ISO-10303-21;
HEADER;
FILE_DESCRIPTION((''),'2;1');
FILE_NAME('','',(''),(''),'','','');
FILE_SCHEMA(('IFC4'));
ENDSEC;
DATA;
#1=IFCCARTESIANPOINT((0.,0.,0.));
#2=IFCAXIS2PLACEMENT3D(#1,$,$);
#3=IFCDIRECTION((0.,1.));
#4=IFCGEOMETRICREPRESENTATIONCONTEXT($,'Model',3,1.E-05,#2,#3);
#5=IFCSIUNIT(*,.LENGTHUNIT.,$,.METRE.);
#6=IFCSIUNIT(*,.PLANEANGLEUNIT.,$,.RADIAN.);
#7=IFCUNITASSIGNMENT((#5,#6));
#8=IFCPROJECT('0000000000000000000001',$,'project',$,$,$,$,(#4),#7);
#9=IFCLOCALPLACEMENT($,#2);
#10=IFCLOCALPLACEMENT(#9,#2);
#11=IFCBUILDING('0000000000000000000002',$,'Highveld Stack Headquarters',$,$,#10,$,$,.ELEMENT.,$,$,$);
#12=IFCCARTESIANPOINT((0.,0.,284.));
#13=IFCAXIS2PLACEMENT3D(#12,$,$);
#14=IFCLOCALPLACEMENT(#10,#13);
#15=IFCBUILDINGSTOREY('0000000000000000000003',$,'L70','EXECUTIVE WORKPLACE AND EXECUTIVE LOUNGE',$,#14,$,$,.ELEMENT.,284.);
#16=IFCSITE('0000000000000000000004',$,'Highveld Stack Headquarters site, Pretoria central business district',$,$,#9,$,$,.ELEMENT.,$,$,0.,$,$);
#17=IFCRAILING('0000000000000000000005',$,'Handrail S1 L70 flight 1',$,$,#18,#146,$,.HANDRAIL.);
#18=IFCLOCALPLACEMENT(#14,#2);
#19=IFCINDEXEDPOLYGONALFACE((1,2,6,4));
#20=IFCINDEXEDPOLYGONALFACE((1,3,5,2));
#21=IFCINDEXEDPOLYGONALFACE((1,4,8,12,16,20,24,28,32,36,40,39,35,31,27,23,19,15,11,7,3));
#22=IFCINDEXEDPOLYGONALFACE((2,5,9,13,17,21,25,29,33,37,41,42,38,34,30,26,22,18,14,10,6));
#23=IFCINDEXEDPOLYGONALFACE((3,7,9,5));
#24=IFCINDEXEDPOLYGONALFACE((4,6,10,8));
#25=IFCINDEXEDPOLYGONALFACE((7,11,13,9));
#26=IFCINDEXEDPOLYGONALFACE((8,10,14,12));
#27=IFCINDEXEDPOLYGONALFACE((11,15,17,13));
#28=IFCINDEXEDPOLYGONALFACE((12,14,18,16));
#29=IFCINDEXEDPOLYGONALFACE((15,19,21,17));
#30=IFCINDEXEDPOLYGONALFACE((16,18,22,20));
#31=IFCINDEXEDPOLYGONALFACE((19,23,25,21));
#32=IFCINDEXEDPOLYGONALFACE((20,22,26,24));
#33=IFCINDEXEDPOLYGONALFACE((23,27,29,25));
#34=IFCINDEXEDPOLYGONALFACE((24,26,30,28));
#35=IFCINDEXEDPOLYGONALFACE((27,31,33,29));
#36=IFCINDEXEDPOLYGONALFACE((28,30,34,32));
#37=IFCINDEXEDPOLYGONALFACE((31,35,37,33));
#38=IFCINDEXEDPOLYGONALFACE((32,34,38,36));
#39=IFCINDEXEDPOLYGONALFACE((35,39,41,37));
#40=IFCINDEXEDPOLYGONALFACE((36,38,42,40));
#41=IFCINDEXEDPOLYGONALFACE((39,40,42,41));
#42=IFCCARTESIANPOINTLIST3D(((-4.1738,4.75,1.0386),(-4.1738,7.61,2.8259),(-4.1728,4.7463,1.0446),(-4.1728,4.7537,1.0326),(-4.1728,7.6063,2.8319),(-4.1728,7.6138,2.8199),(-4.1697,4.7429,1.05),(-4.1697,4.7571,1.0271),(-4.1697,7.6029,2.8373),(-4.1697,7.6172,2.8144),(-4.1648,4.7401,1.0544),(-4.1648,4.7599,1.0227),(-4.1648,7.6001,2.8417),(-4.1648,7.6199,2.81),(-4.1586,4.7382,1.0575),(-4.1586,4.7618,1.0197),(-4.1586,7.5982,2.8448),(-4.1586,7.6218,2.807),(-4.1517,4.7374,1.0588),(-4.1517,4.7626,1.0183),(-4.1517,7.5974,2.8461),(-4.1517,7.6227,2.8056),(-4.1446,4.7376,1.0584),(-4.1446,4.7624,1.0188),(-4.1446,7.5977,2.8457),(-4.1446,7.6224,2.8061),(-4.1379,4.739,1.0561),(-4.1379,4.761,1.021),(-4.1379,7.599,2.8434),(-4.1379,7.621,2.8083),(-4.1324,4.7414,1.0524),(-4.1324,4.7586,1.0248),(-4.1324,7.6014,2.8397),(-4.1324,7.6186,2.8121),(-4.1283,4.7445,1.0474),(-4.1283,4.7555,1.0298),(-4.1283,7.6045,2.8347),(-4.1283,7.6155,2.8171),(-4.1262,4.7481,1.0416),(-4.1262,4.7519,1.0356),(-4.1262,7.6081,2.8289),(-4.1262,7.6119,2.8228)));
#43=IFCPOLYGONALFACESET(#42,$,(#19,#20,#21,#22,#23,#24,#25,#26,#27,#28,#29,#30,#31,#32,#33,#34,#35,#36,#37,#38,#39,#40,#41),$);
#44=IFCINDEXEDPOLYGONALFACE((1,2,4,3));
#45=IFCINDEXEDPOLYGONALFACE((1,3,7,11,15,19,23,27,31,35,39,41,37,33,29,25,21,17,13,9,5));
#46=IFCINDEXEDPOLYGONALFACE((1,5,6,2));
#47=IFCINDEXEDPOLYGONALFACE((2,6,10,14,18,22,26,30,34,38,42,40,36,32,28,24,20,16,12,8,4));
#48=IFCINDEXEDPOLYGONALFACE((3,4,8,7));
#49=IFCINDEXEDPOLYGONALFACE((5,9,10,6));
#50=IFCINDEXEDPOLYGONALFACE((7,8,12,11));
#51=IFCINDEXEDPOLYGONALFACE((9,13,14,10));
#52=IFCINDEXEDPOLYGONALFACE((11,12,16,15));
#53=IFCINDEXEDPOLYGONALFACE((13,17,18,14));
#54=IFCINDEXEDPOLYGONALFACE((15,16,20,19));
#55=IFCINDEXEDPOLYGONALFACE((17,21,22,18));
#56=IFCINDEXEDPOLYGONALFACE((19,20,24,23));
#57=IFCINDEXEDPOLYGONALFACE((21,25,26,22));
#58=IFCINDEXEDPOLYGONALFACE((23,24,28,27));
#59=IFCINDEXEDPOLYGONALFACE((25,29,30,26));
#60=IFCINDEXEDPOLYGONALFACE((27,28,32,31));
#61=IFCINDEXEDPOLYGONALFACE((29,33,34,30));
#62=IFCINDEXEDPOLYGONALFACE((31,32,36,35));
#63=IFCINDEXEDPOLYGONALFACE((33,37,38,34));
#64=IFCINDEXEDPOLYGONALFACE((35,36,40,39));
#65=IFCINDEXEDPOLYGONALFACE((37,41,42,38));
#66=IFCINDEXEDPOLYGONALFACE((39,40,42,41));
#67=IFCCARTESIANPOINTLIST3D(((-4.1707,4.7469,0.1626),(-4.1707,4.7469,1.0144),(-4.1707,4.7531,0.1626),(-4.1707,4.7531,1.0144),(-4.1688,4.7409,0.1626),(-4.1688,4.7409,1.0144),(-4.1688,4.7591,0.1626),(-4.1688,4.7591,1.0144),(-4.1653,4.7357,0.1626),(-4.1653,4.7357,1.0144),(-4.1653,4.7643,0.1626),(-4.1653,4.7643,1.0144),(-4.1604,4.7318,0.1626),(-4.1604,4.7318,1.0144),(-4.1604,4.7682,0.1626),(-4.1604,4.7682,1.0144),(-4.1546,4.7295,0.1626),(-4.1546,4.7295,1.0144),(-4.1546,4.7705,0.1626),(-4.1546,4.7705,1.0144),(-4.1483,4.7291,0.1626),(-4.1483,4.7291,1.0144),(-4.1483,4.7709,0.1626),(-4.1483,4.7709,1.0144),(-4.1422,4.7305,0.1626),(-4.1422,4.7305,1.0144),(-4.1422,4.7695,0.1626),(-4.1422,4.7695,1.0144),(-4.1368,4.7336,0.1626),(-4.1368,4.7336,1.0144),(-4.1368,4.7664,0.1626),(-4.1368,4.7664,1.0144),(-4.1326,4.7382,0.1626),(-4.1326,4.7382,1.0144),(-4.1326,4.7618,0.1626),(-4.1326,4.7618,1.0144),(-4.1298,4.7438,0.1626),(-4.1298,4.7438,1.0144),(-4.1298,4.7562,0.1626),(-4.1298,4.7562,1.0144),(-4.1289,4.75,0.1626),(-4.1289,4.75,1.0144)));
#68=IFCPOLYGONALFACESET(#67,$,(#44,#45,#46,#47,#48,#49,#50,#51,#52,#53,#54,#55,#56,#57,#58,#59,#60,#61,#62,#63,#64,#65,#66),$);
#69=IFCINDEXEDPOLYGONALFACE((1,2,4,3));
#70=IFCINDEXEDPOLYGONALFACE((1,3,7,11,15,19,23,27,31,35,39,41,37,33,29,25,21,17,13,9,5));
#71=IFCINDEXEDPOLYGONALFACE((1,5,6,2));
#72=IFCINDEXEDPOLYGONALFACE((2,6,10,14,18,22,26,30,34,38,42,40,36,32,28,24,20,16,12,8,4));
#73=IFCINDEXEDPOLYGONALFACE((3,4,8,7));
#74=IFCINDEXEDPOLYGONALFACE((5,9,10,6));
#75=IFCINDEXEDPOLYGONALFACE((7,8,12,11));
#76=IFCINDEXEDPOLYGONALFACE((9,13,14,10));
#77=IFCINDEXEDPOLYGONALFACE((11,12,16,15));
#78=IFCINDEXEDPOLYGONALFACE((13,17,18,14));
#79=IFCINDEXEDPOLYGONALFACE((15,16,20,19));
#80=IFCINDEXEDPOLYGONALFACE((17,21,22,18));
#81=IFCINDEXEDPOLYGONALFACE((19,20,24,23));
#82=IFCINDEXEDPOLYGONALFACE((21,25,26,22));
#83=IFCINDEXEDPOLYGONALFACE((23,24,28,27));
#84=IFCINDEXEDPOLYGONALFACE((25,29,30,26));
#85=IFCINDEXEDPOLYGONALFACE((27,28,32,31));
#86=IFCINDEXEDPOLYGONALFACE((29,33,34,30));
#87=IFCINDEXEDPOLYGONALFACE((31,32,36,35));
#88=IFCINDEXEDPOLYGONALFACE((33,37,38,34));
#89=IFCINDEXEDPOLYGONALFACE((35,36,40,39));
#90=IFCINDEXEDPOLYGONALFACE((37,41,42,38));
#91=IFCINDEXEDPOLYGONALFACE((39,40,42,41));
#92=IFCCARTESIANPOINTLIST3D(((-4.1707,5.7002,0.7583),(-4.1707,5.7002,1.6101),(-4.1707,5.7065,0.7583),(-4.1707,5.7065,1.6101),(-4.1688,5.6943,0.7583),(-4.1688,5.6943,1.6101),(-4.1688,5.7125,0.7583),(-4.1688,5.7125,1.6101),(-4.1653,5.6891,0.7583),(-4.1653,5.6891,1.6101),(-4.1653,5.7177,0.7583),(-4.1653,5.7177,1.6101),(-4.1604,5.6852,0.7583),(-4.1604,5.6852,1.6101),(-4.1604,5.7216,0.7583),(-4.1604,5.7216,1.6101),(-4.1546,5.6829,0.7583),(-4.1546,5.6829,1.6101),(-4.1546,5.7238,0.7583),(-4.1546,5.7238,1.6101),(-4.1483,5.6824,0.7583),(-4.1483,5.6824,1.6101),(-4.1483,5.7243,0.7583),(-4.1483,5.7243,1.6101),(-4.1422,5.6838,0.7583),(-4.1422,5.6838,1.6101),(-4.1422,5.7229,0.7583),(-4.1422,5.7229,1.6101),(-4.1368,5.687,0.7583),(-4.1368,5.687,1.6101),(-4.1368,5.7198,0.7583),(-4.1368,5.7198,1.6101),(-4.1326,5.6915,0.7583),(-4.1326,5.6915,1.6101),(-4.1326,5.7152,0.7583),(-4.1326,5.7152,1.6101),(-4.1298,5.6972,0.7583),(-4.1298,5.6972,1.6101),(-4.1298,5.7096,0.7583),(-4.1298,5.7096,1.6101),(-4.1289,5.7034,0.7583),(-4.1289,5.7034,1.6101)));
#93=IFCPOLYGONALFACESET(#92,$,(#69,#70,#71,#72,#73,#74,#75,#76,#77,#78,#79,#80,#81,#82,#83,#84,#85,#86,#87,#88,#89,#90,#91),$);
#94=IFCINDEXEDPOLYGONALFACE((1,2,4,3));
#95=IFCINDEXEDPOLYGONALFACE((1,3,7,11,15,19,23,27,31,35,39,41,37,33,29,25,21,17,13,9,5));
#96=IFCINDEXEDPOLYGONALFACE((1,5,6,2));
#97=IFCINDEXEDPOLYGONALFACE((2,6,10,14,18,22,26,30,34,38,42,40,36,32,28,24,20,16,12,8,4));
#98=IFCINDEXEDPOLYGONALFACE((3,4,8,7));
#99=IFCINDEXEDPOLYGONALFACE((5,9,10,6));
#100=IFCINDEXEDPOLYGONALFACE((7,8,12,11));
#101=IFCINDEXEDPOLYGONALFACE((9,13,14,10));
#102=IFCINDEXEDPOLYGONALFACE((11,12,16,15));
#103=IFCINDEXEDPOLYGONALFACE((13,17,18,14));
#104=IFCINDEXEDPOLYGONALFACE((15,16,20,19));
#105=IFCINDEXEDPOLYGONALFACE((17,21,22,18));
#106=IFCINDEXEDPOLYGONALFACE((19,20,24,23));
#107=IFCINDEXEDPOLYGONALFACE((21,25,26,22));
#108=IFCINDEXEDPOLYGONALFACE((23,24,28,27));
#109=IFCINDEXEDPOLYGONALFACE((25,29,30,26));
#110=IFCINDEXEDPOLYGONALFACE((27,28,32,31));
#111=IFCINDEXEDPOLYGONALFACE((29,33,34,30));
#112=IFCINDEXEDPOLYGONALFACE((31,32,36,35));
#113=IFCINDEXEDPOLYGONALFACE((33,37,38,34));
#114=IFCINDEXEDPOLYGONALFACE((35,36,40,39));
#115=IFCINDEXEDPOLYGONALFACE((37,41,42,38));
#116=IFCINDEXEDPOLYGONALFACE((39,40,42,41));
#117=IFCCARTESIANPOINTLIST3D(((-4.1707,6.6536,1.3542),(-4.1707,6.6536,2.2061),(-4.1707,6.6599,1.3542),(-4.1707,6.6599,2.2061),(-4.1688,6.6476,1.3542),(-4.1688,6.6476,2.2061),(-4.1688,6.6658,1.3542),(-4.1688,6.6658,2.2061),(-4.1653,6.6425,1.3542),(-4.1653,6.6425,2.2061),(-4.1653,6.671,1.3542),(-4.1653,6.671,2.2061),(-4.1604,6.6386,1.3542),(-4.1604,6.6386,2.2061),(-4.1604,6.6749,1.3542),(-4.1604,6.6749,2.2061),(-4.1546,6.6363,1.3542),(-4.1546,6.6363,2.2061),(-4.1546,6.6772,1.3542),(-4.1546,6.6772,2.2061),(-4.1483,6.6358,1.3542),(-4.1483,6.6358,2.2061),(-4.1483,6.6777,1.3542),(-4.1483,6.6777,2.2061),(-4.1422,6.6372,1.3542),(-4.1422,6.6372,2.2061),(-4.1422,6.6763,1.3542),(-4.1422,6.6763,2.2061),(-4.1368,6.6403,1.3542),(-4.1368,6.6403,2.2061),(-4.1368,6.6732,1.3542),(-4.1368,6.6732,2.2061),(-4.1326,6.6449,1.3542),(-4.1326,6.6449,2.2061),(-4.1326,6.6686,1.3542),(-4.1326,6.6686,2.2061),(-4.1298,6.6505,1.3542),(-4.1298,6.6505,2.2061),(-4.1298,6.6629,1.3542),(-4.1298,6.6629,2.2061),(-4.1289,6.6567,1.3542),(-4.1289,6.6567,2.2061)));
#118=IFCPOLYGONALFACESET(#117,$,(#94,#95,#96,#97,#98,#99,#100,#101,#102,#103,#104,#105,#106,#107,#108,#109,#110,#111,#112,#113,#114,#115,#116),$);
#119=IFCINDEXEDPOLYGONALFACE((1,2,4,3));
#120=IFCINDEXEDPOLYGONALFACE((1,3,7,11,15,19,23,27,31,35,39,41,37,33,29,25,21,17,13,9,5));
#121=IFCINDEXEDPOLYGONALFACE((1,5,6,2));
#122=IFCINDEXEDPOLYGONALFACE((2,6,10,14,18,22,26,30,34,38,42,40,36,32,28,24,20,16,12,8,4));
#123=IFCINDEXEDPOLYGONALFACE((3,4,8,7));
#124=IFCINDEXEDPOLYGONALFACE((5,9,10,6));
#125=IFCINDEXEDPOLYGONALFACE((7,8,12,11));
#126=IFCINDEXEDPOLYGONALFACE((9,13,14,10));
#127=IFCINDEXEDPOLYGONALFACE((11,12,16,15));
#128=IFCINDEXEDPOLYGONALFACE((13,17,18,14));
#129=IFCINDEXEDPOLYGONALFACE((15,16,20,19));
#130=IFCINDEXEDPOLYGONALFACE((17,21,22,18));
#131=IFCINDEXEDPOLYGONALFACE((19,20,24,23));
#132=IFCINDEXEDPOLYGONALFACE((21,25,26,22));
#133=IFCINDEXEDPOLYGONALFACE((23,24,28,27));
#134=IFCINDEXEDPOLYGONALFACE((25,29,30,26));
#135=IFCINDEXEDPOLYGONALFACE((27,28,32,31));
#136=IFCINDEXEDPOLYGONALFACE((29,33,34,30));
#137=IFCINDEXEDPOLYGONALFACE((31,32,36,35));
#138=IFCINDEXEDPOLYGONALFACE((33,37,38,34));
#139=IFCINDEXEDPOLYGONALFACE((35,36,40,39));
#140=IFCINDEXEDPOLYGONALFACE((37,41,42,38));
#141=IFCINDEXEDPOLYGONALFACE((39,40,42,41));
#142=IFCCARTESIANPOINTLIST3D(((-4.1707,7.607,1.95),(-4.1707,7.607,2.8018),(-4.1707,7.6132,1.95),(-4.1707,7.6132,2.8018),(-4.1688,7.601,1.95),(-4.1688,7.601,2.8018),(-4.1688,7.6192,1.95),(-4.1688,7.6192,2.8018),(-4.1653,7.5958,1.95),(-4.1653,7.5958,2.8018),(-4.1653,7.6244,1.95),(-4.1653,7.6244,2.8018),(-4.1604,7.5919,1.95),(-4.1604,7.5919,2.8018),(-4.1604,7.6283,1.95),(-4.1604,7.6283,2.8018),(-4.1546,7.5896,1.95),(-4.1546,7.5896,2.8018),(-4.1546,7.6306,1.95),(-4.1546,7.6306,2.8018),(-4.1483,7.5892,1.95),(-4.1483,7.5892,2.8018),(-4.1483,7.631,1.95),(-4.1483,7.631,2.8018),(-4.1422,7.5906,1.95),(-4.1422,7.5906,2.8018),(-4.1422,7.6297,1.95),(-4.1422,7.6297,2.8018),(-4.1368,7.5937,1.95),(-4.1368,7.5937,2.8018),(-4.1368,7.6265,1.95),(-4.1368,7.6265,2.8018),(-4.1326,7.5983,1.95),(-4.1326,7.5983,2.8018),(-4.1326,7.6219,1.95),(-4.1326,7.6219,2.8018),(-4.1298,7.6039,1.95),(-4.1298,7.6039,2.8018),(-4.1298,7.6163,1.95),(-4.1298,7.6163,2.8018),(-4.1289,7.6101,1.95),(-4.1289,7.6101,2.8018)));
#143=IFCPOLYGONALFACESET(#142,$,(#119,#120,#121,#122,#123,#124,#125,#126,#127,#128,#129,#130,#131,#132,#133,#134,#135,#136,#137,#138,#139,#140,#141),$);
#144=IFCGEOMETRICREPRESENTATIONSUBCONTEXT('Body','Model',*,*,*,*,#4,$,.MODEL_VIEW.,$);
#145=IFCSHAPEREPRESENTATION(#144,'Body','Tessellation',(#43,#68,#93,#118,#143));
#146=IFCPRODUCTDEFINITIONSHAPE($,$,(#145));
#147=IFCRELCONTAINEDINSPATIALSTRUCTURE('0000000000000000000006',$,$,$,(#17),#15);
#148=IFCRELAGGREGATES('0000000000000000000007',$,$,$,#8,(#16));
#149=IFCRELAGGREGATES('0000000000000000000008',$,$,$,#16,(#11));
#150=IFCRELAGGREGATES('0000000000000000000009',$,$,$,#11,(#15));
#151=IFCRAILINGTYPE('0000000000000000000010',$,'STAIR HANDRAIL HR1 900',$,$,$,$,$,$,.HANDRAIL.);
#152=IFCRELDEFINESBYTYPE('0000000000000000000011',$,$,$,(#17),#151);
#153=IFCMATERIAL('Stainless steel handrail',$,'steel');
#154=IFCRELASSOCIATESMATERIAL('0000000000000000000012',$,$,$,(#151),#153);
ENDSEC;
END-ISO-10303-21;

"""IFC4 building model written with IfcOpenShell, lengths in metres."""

from ifc_helpers import new_model, si_unit, direction, frame, origin, origin_2d, place, context, subcontext, project, spatial, circle, extrude, material, type_object, element, save


model = new_model("IFC4")

# Units and contexts
model_context = context("Model", 3, precision=1e-05, world=origin(), true_north=direction((0.0, 1.0)))
body_context = subcontext(model_context, "Body", "Model", "MODEL_VIEW")
ifc_project = project(units=[si_unit("LENGTHUNIT", "METRE"), si_unit("PLANEANGLEUNIT", "RADIAN")], contexts=[model_context])

# Site, building, storey
site_placement = place(None, origin())
site = spatial("IfcSite", under=ifc_project, at=site_placement, Name="Highveld Stack Headquarters site, Pretoria central business district", CompositionType="ELEMENT", RefElevation=0.0)
building_placement = place(site_placement, origin())
building = spatial("IfcBuilding", under=site, at=building_placement, Name="Highveld Stack Headquarters", CompositionType="ELEMENT")
storey_placement = place(building_placement, frame((0.0, 0.0, 284.0)))
storey = spatial("IfcBuildingStorey", under=building, at=storey_placement, Name="L70", Description="EXECUTIVE WORKPLACE AND EXECUTIVE LOUNGE", CompositionType="ELEMENT", Elevation=284.0)

# Railing
ifc_material_1 = material(Name="Stainless steel handrail", Category="steel")
railing_type = type_object("IfcRailingType", Name="STAIR HANDRAIL HR1 900", PredefinedType="HANDRAIL", material=ifc_material_1)
for number, where, name in (
    (1, (-4.1499, 4.75, 0.1626), "Handrail S1 L70 flight 1"),
):
    element("IfcRailing", number, at=place(storey_placement, frame(where)), inside=storey, type_object=railing_type, Name=name, PredefinedType="HANDRAIL", context=body_context, shape_type="SweptSolid", body=[
        extrude(circle(Radius=0.0239, at=origin_2d()), frame((0.0, 0.0, 0.876), z_axis=(0.0, 0.848027, 0.529953), x_axis=(-1.0, 0.0, 0.0)), (0.0, 0.0, 1.0), 3.3726),
        extrude(circle(Radius=0.021, at=origin_2d()), origin(), (0.0, 0.0, 1.0), 0.8518),
        extrude(circle(Radius=0.021, at=origin_2d()), frame((0.0, 0.9534, 0.5957)), (0.0, 0.0, 1.0), 0.8518),
        extrude(circle(Radius=0.021, at=origin_2d()), frame((0.0, 1.9067, 1.1917)), (0.0, 0.0, 1.0), 0.8518),
        extrude(circle(Radius=0.021, at=origin_2d()), frame((0.0, 2.8601, 1.7874)), (0.0, 0.0, 1.0), 0.8518),
    ])

save(model, "model.ifc")
